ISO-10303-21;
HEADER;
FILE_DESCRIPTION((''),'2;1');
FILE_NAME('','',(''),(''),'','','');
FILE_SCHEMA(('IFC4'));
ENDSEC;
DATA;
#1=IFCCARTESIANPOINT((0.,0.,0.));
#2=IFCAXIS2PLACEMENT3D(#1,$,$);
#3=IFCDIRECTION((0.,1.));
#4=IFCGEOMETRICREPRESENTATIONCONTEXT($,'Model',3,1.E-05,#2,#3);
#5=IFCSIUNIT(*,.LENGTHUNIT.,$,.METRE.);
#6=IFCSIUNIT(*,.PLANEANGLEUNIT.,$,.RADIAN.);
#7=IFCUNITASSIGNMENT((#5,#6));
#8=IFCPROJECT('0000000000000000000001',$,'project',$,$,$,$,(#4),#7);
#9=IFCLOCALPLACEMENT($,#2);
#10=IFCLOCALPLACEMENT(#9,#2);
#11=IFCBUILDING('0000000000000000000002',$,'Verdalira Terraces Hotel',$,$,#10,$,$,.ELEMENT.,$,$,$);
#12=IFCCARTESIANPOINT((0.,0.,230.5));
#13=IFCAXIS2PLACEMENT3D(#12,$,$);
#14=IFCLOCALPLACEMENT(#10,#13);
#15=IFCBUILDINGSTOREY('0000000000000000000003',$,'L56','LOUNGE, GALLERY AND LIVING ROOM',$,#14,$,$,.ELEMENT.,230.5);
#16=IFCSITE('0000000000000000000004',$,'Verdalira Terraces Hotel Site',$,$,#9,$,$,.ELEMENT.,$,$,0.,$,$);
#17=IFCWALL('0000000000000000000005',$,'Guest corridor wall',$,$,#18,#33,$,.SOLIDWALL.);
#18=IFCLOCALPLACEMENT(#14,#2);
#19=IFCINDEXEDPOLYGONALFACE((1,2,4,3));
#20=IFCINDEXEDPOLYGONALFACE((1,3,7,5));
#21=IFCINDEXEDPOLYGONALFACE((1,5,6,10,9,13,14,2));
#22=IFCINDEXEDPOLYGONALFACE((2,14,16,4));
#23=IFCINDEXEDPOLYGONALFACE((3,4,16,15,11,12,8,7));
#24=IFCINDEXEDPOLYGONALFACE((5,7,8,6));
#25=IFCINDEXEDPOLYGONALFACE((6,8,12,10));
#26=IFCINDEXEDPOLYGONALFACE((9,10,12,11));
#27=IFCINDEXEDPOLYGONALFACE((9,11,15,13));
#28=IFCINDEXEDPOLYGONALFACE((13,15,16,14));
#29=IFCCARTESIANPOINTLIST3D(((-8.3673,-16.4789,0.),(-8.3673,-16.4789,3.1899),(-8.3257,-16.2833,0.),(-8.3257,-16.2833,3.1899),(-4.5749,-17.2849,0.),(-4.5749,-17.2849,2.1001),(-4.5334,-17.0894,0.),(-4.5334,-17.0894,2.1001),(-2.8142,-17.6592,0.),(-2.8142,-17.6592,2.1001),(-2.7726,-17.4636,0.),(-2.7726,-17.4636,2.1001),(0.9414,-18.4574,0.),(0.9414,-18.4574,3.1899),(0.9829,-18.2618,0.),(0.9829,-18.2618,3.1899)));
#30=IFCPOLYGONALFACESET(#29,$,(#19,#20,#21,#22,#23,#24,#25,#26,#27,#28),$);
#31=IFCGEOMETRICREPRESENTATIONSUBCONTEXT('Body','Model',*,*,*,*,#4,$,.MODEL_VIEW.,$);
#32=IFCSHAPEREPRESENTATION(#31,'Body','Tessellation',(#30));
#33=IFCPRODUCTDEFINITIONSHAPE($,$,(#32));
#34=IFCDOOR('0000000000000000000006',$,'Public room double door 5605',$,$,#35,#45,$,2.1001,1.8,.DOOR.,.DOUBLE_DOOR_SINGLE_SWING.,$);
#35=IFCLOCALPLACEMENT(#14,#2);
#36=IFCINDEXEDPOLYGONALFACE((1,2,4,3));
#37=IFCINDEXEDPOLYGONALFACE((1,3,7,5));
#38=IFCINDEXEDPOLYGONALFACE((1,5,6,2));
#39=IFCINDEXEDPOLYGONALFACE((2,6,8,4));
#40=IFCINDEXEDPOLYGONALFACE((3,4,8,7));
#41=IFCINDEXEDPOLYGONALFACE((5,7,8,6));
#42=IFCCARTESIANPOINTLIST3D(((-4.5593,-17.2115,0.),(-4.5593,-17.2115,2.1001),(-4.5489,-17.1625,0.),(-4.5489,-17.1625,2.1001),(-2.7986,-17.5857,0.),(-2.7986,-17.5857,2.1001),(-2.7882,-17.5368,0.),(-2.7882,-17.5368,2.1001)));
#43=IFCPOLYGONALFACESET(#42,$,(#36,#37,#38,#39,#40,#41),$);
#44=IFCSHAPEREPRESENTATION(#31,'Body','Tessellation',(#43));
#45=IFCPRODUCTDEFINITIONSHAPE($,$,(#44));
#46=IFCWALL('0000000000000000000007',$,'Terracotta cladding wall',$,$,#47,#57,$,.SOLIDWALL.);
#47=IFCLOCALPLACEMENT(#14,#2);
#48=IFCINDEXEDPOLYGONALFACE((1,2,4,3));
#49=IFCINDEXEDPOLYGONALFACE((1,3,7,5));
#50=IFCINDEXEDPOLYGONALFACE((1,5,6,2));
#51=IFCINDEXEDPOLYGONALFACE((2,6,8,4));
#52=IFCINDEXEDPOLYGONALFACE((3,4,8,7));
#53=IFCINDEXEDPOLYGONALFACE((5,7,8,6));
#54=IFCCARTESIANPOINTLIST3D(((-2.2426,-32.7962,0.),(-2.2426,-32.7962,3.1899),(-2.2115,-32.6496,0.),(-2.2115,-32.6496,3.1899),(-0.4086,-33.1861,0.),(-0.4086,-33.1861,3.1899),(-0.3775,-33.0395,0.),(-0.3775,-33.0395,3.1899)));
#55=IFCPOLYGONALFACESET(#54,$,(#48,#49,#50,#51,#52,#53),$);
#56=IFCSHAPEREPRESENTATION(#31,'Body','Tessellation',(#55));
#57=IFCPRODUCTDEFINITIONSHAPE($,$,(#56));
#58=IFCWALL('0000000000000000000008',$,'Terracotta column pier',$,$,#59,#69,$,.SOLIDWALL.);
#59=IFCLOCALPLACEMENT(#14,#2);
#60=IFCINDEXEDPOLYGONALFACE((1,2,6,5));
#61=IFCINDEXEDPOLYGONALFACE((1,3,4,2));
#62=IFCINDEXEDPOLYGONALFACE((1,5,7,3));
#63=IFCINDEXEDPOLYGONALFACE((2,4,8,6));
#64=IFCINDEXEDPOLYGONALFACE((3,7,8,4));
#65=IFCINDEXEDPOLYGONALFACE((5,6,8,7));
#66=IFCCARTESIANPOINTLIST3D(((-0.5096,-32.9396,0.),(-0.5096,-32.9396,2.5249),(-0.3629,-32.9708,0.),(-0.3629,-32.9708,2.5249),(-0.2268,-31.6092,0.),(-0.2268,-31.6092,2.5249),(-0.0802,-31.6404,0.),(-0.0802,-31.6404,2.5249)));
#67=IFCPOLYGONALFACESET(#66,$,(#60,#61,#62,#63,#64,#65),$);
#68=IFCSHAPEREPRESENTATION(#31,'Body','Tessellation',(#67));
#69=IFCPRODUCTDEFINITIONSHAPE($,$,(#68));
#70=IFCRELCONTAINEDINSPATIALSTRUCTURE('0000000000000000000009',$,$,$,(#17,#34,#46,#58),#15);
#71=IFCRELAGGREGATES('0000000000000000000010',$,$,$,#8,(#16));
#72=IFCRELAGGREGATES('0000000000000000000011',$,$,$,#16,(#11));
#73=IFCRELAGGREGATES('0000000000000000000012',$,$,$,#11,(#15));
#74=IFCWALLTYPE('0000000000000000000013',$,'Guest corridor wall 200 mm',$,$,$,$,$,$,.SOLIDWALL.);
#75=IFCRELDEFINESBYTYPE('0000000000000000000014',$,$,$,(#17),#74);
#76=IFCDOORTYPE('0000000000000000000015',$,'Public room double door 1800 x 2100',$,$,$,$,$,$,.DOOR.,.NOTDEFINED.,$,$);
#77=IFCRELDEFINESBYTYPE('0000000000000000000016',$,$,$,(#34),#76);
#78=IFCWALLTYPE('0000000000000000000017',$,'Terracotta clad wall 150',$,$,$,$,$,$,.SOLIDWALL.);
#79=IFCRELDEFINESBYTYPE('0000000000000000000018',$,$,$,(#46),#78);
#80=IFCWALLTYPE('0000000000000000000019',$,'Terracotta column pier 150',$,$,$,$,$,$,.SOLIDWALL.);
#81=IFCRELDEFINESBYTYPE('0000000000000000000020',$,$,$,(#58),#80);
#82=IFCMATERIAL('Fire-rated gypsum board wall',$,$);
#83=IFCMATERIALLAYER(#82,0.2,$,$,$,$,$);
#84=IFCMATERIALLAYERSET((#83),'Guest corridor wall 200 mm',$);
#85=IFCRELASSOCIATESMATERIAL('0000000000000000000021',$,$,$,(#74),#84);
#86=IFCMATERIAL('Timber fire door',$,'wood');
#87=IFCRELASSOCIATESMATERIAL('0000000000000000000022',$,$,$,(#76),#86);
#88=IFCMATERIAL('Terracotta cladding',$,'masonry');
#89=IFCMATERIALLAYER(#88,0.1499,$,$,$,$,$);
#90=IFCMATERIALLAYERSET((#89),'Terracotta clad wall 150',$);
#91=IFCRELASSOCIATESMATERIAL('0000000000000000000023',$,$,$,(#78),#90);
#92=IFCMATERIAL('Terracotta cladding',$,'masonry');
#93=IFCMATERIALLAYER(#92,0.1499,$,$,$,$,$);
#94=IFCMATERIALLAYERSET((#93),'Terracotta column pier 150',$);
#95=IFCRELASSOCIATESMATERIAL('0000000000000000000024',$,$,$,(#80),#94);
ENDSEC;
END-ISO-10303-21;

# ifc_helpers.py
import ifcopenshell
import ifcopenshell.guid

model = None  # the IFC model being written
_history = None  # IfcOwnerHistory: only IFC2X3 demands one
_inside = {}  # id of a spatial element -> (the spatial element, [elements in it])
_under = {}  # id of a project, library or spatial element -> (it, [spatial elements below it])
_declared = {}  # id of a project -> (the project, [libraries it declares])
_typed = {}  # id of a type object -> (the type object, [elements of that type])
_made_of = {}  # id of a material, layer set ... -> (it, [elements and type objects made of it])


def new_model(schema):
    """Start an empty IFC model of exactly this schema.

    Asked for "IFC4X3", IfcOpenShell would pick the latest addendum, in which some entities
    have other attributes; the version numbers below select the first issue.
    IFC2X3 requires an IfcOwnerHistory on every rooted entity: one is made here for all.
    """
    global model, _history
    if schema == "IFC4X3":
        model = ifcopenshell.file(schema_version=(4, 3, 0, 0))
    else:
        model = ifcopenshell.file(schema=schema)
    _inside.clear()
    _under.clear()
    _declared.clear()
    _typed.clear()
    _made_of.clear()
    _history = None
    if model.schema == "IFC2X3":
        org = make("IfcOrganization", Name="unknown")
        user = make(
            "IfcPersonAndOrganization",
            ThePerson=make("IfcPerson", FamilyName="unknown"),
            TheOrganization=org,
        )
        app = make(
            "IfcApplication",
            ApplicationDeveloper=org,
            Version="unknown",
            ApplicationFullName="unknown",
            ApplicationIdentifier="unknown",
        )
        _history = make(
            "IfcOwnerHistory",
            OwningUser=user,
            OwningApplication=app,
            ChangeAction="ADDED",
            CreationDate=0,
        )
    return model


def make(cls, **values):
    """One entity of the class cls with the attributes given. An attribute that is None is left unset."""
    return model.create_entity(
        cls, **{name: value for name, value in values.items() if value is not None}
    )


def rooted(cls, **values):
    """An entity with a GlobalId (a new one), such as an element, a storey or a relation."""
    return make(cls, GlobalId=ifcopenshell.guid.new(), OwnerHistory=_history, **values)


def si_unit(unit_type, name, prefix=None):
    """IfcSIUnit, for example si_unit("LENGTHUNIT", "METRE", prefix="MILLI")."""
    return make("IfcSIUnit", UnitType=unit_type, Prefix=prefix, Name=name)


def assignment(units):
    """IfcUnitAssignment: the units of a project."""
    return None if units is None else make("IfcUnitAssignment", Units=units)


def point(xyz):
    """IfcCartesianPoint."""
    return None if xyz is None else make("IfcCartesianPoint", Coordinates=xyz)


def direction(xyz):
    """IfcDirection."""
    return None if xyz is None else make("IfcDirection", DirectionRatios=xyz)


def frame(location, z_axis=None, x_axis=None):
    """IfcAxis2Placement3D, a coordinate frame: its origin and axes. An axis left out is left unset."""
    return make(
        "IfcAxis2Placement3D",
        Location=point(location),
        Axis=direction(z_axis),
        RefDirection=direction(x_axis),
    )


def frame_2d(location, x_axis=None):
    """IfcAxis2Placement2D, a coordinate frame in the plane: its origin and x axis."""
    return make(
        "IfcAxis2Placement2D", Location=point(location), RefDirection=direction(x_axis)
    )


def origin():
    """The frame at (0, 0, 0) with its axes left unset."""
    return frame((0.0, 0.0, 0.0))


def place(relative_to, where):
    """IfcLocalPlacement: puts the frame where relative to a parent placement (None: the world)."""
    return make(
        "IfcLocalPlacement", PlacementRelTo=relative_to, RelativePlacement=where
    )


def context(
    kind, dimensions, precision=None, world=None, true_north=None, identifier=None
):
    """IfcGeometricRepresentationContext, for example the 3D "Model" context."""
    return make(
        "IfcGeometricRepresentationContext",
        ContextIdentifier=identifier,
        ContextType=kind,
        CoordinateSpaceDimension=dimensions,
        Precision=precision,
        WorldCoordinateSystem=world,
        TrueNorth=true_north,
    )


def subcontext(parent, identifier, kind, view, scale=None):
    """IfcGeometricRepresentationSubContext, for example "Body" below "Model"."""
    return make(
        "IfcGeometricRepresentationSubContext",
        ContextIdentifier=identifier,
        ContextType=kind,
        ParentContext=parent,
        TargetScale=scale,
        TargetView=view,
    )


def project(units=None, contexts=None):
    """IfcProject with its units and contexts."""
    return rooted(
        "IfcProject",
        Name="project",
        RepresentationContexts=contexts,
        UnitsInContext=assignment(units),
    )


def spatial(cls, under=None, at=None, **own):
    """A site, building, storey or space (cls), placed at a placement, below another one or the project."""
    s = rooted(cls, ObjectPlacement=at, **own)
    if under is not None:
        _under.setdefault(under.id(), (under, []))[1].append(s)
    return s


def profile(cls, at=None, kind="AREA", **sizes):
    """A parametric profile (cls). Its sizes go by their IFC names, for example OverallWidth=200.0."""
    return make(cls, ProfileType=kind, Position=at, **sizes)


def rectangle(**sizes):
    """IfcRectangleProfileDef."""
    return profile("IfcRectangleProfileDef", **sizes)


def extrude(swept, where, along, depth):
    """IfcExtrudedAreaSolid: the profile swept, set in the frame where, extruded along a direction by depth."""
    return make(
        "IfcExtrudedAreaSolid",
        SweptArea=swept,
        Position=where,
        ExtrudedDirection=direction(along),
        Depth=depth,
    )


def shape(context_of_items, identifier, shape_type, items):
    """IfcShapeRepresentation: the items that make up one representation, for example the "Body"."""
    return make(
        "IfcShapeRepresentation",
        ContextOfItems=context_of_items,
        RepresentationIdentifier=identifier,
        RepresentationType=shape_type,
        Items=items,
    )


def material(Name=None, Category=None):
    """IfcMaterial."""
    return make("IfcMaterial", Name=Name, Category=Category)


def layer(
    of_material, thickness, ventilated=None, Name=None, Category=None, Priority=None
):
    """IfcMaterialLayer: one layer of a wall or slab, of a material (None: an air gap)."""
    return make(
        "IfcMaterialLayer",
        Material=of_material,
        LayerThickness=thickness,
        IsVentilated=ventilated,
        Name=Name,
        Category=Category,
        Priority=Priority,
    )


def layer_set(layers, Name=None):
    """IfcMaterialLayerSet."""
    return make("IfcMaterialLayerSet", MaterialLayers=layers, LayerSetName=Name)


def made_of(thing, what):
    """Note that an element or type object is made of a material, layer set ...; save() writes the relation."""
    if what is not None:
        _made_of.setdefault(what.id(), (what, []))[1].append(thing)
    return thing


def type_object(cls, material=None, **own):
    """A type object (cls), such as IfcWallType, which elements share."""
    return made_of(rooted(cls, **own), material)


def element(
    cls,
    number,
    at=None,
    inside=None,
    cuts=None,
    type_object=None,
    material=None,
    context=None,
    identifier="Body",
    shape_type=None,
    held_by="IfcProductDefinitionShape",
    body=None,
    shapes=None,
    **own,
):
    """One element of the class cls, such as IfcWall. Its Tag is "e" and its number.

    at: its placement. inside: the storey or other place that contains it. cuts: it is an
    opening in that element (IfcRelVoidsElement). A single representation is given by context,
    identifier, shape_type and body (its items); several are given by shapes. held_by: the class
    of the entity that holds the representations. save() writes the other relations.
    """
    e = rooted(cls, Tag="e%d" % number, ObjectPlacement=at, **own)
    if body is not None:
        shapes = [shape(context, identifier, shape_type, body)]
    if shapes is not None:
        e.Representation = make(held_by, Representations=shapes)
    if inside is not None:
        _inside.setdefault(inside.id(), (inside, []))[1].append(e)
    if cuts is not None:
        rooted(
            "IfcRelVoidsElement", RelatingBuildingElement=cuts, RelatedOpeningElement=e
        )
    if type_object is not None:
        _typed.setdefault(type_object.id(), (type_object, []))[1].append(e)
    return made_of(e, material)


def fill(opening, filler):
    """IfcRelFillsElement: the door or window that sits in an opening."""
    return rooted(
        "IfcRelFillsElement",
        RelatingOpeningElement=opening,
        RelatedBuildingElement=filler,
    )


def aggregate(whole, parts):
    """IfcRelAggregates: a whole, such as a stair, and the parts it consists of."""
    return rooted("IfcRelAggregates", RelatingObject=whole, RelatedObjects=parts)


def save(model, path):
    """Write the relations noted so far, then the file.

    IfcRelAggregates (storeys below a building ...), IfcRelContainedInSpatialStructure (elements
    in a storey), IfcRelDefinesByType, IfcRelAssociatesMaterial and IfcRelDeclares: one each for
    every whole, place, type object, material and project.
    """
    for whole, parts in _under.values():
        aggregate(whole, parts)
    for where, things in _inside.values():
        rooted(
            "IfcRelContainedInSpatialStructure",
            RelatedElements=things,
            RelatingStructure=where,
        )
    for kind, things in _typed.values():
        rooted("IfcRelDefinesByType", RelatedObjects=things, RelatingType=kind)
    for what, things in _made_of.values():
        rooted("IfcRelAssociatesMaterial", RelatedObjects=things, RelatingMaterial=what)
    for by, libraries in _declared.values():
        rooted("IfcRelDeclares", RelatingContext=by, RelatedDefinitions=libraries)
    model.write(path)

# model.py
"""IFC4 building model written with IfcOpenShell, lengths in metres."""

from ifc_helpers import new_model, si_unit, direction, frame, frame_2d, origin, place, context, subcontext, project, spatial, rectangle, extrude, material, layer, layer_set, type_object, element, fill, save


model = new_model("IFC4")

# Units and contexts
model_context = context("Model", 3, precision=1e-05, world=origin(), true_north=direction((0.0, 1.0)))
body_context = subcontext(model_context, "Body", "Model", "MODEL_VIEW")
ifc_project = project(units=[si_unit("LENGTHUNIT", "METRE"), si_unit("PLANEANGLEUNIT", "RADIAN")], contexts=[model_context])

# Site, building, storey
site_placement = place(None, origin())
site = spatial("IfcSite", under=ifc_project, at=site_placement, Name="Verdalira Terraces Hotel Site", CompositionType="ELEMENT", RefElevation=0.0)
building_placement = place(site_placement, origin())
building = spatial("IfcBuilding", under=site, at=building_placement, Name="Verdalira Terraces Hotel", CompositionType="ELEMENT")
storey_placement = place(building_placement, frame((0.0, 0.0, 230.5)))
storey = spatial("IfcBuildingStorey", under=building, at=storey_placement, Name="L56", Description="LOUNGE, GALLERY AND LIVING ROOM", CompositionType="ELEMENT", Elevation=230.5)

# Wall, opening, door
ifc_material_1 = material(Name="Fire-rated gypsum board wall")
ifc_layer_1 = layer(ifc_material_1, 0.2)
ifc_layer_set_1 = layer_set([ifc_layer_1], Name="Guest corridor wall 200 mm")
wall_type_1 = type_object("IfcWallType", Name="Guest corridor wall 200 mm", PredefinedType="SOLIDWALL", material=ifc_layer_set_1)
wall_1_placement = place(storey_placement, frame((0.9622, -18.3596, 0.0), z_axis=(0.0, 0.0, 1.0), x_axis=(-0.978149, 0.207903, 0.0)))
wall_1 = element("IfcWall", 1, at=wall_1_placement, inside=storey, type_object=wall_type_1, Name="Guest corridor wall", PredefinedType="SOLIDWALL", context=body_context, shape_type="SweptSolid", body=[
    extrude(rectangle(XDim=9.5166, YDim=0.2, at=frame_2d((4.7583, 0.0))), origin(), (0.0, 0.0, 1.0), 3.1899),
])
opening_1_placement = place(wall_1_placement, frame((3.8396, 0.0, 0.0)))
opening_1 = element("IfcOpeningElement", 2, at=opening_1_placement, cuts=wall_1, PredefinedType="OPENING", context=body_context, shape_type="SweptSolid", body=[
    extrude(rectangle(XDim=1.8, YDim=2.1001, at=frame_2d((0.8999, 1.05))), frame((0.0, 0.1099, 0.0), z_axis=(0.0, -1.0, 0.0), x_axis=(1.0, 0.0, 0.0)), (0.0, 0.0, 1.0), 0.22),
])
ifc_material_2 = material(Name="Timber fire door", Category="wood")
door_type_1 = type_object("IfcDoorType", Name="Public room double door 1800 x 2100", OperationType="NOTDEFINED", PredefinedType="DOOR", material=ifc_material_2)
door_1_placement = place(opening_1_placement, origin())
door_1 = element("IfcDoor", 3, at=door_1_placement, inside=storey, type_object=door_type_1, Name="Public room double door 5605", OperationType="DOUBLE_DOOR_SINGLE_SWING", OverallHeight=2.1001, OverallWidth=1.8, PredefinedType="DOOR", context=body_context, shape_type="SweptSolid", body=[
    extrude(rectangle(XDim=1.8, YDim=2.1001, at=frame_2d((0.8999, 1.05))), frame((0.0, 0.0249, 0.0), z_axis=(0.0, -1.0, 0.0), x_axis=(1.0, 0.0, 0.0)), (0.0, 0.0, 1.0), 0.05),
])
fill(opening_1, door_1)

# Walls
ifc_material_3 = material(Name="Terracotta cladding", Category="masonry")
ifc_layer_2 = layer(ifc_material_3, 0.1499)
ifc_layer_set_2 = layer_set([ifc_layer_2], Name="Terracotta clad wall 150")
wall_type_2 = type_object("IfcWallType", Name="Terracotta clad wall 150", PredefinedType="SOLIDWALL", material=ifc_layer_set_2)
wall_2_placement = place(storey_placement, frame((-2.2271, -32.7229, 0.0), z_axis=(0.0, 0.0, 1.0), x_axis=(0.97814, -0.207946, 0.0)))
element("IfcWall", 4, at=wall_2_placement, inside=storey, type_object=wall_type_2, Name="Terracotta cladding wall", PredefinedType="SOLIDWALL", context=body_context, shape_type="SweptSolid", body=[
    extrude(rectangle(XDim=1.875, YDim=0.1499, at=frame_2d((0.9375, 0.0))), origin(), (0.0, 0.0, 1.0), 3.1899),
])
ifc_material_4 = material(Name="Terracotta cladding", Category="masonry")
ifc_layer_3 = layer(ifc_material_4, 0.1499)
ifc_layer_set_3 = layer_set([ifc_layer_3], Name="Terracotta column pier 150")
wall_type_3 = type_object("IfcWallType", Name="Terracotta column pier 150", PredefinedType="SOLIDWALL", material=ifc_layer_set_3)
wall_3_placement = place(storey_placement, frame((-0.4363, -32.9553, 0.0), z_axis=(0.0, 0.0, 1.0), x_axis=(0.207874, 0.978156, 0.0)))
element("IfcWall", 5, at=wall_3_placement, inside=storey, type_object=wall_type_3, Name="Terracotta column pier", PredefinedType="SOLIDWALL", context=body_context, shape_type="SweptSolid", body=[
    extrude(rectangle(XDim=1.3601, YDim=0.1499, at=frame_2d((0.6802, 0.0))), origin(), (0.0, 0.0, 1.0), 2.5249),
])

save(model, "model.ifc")
